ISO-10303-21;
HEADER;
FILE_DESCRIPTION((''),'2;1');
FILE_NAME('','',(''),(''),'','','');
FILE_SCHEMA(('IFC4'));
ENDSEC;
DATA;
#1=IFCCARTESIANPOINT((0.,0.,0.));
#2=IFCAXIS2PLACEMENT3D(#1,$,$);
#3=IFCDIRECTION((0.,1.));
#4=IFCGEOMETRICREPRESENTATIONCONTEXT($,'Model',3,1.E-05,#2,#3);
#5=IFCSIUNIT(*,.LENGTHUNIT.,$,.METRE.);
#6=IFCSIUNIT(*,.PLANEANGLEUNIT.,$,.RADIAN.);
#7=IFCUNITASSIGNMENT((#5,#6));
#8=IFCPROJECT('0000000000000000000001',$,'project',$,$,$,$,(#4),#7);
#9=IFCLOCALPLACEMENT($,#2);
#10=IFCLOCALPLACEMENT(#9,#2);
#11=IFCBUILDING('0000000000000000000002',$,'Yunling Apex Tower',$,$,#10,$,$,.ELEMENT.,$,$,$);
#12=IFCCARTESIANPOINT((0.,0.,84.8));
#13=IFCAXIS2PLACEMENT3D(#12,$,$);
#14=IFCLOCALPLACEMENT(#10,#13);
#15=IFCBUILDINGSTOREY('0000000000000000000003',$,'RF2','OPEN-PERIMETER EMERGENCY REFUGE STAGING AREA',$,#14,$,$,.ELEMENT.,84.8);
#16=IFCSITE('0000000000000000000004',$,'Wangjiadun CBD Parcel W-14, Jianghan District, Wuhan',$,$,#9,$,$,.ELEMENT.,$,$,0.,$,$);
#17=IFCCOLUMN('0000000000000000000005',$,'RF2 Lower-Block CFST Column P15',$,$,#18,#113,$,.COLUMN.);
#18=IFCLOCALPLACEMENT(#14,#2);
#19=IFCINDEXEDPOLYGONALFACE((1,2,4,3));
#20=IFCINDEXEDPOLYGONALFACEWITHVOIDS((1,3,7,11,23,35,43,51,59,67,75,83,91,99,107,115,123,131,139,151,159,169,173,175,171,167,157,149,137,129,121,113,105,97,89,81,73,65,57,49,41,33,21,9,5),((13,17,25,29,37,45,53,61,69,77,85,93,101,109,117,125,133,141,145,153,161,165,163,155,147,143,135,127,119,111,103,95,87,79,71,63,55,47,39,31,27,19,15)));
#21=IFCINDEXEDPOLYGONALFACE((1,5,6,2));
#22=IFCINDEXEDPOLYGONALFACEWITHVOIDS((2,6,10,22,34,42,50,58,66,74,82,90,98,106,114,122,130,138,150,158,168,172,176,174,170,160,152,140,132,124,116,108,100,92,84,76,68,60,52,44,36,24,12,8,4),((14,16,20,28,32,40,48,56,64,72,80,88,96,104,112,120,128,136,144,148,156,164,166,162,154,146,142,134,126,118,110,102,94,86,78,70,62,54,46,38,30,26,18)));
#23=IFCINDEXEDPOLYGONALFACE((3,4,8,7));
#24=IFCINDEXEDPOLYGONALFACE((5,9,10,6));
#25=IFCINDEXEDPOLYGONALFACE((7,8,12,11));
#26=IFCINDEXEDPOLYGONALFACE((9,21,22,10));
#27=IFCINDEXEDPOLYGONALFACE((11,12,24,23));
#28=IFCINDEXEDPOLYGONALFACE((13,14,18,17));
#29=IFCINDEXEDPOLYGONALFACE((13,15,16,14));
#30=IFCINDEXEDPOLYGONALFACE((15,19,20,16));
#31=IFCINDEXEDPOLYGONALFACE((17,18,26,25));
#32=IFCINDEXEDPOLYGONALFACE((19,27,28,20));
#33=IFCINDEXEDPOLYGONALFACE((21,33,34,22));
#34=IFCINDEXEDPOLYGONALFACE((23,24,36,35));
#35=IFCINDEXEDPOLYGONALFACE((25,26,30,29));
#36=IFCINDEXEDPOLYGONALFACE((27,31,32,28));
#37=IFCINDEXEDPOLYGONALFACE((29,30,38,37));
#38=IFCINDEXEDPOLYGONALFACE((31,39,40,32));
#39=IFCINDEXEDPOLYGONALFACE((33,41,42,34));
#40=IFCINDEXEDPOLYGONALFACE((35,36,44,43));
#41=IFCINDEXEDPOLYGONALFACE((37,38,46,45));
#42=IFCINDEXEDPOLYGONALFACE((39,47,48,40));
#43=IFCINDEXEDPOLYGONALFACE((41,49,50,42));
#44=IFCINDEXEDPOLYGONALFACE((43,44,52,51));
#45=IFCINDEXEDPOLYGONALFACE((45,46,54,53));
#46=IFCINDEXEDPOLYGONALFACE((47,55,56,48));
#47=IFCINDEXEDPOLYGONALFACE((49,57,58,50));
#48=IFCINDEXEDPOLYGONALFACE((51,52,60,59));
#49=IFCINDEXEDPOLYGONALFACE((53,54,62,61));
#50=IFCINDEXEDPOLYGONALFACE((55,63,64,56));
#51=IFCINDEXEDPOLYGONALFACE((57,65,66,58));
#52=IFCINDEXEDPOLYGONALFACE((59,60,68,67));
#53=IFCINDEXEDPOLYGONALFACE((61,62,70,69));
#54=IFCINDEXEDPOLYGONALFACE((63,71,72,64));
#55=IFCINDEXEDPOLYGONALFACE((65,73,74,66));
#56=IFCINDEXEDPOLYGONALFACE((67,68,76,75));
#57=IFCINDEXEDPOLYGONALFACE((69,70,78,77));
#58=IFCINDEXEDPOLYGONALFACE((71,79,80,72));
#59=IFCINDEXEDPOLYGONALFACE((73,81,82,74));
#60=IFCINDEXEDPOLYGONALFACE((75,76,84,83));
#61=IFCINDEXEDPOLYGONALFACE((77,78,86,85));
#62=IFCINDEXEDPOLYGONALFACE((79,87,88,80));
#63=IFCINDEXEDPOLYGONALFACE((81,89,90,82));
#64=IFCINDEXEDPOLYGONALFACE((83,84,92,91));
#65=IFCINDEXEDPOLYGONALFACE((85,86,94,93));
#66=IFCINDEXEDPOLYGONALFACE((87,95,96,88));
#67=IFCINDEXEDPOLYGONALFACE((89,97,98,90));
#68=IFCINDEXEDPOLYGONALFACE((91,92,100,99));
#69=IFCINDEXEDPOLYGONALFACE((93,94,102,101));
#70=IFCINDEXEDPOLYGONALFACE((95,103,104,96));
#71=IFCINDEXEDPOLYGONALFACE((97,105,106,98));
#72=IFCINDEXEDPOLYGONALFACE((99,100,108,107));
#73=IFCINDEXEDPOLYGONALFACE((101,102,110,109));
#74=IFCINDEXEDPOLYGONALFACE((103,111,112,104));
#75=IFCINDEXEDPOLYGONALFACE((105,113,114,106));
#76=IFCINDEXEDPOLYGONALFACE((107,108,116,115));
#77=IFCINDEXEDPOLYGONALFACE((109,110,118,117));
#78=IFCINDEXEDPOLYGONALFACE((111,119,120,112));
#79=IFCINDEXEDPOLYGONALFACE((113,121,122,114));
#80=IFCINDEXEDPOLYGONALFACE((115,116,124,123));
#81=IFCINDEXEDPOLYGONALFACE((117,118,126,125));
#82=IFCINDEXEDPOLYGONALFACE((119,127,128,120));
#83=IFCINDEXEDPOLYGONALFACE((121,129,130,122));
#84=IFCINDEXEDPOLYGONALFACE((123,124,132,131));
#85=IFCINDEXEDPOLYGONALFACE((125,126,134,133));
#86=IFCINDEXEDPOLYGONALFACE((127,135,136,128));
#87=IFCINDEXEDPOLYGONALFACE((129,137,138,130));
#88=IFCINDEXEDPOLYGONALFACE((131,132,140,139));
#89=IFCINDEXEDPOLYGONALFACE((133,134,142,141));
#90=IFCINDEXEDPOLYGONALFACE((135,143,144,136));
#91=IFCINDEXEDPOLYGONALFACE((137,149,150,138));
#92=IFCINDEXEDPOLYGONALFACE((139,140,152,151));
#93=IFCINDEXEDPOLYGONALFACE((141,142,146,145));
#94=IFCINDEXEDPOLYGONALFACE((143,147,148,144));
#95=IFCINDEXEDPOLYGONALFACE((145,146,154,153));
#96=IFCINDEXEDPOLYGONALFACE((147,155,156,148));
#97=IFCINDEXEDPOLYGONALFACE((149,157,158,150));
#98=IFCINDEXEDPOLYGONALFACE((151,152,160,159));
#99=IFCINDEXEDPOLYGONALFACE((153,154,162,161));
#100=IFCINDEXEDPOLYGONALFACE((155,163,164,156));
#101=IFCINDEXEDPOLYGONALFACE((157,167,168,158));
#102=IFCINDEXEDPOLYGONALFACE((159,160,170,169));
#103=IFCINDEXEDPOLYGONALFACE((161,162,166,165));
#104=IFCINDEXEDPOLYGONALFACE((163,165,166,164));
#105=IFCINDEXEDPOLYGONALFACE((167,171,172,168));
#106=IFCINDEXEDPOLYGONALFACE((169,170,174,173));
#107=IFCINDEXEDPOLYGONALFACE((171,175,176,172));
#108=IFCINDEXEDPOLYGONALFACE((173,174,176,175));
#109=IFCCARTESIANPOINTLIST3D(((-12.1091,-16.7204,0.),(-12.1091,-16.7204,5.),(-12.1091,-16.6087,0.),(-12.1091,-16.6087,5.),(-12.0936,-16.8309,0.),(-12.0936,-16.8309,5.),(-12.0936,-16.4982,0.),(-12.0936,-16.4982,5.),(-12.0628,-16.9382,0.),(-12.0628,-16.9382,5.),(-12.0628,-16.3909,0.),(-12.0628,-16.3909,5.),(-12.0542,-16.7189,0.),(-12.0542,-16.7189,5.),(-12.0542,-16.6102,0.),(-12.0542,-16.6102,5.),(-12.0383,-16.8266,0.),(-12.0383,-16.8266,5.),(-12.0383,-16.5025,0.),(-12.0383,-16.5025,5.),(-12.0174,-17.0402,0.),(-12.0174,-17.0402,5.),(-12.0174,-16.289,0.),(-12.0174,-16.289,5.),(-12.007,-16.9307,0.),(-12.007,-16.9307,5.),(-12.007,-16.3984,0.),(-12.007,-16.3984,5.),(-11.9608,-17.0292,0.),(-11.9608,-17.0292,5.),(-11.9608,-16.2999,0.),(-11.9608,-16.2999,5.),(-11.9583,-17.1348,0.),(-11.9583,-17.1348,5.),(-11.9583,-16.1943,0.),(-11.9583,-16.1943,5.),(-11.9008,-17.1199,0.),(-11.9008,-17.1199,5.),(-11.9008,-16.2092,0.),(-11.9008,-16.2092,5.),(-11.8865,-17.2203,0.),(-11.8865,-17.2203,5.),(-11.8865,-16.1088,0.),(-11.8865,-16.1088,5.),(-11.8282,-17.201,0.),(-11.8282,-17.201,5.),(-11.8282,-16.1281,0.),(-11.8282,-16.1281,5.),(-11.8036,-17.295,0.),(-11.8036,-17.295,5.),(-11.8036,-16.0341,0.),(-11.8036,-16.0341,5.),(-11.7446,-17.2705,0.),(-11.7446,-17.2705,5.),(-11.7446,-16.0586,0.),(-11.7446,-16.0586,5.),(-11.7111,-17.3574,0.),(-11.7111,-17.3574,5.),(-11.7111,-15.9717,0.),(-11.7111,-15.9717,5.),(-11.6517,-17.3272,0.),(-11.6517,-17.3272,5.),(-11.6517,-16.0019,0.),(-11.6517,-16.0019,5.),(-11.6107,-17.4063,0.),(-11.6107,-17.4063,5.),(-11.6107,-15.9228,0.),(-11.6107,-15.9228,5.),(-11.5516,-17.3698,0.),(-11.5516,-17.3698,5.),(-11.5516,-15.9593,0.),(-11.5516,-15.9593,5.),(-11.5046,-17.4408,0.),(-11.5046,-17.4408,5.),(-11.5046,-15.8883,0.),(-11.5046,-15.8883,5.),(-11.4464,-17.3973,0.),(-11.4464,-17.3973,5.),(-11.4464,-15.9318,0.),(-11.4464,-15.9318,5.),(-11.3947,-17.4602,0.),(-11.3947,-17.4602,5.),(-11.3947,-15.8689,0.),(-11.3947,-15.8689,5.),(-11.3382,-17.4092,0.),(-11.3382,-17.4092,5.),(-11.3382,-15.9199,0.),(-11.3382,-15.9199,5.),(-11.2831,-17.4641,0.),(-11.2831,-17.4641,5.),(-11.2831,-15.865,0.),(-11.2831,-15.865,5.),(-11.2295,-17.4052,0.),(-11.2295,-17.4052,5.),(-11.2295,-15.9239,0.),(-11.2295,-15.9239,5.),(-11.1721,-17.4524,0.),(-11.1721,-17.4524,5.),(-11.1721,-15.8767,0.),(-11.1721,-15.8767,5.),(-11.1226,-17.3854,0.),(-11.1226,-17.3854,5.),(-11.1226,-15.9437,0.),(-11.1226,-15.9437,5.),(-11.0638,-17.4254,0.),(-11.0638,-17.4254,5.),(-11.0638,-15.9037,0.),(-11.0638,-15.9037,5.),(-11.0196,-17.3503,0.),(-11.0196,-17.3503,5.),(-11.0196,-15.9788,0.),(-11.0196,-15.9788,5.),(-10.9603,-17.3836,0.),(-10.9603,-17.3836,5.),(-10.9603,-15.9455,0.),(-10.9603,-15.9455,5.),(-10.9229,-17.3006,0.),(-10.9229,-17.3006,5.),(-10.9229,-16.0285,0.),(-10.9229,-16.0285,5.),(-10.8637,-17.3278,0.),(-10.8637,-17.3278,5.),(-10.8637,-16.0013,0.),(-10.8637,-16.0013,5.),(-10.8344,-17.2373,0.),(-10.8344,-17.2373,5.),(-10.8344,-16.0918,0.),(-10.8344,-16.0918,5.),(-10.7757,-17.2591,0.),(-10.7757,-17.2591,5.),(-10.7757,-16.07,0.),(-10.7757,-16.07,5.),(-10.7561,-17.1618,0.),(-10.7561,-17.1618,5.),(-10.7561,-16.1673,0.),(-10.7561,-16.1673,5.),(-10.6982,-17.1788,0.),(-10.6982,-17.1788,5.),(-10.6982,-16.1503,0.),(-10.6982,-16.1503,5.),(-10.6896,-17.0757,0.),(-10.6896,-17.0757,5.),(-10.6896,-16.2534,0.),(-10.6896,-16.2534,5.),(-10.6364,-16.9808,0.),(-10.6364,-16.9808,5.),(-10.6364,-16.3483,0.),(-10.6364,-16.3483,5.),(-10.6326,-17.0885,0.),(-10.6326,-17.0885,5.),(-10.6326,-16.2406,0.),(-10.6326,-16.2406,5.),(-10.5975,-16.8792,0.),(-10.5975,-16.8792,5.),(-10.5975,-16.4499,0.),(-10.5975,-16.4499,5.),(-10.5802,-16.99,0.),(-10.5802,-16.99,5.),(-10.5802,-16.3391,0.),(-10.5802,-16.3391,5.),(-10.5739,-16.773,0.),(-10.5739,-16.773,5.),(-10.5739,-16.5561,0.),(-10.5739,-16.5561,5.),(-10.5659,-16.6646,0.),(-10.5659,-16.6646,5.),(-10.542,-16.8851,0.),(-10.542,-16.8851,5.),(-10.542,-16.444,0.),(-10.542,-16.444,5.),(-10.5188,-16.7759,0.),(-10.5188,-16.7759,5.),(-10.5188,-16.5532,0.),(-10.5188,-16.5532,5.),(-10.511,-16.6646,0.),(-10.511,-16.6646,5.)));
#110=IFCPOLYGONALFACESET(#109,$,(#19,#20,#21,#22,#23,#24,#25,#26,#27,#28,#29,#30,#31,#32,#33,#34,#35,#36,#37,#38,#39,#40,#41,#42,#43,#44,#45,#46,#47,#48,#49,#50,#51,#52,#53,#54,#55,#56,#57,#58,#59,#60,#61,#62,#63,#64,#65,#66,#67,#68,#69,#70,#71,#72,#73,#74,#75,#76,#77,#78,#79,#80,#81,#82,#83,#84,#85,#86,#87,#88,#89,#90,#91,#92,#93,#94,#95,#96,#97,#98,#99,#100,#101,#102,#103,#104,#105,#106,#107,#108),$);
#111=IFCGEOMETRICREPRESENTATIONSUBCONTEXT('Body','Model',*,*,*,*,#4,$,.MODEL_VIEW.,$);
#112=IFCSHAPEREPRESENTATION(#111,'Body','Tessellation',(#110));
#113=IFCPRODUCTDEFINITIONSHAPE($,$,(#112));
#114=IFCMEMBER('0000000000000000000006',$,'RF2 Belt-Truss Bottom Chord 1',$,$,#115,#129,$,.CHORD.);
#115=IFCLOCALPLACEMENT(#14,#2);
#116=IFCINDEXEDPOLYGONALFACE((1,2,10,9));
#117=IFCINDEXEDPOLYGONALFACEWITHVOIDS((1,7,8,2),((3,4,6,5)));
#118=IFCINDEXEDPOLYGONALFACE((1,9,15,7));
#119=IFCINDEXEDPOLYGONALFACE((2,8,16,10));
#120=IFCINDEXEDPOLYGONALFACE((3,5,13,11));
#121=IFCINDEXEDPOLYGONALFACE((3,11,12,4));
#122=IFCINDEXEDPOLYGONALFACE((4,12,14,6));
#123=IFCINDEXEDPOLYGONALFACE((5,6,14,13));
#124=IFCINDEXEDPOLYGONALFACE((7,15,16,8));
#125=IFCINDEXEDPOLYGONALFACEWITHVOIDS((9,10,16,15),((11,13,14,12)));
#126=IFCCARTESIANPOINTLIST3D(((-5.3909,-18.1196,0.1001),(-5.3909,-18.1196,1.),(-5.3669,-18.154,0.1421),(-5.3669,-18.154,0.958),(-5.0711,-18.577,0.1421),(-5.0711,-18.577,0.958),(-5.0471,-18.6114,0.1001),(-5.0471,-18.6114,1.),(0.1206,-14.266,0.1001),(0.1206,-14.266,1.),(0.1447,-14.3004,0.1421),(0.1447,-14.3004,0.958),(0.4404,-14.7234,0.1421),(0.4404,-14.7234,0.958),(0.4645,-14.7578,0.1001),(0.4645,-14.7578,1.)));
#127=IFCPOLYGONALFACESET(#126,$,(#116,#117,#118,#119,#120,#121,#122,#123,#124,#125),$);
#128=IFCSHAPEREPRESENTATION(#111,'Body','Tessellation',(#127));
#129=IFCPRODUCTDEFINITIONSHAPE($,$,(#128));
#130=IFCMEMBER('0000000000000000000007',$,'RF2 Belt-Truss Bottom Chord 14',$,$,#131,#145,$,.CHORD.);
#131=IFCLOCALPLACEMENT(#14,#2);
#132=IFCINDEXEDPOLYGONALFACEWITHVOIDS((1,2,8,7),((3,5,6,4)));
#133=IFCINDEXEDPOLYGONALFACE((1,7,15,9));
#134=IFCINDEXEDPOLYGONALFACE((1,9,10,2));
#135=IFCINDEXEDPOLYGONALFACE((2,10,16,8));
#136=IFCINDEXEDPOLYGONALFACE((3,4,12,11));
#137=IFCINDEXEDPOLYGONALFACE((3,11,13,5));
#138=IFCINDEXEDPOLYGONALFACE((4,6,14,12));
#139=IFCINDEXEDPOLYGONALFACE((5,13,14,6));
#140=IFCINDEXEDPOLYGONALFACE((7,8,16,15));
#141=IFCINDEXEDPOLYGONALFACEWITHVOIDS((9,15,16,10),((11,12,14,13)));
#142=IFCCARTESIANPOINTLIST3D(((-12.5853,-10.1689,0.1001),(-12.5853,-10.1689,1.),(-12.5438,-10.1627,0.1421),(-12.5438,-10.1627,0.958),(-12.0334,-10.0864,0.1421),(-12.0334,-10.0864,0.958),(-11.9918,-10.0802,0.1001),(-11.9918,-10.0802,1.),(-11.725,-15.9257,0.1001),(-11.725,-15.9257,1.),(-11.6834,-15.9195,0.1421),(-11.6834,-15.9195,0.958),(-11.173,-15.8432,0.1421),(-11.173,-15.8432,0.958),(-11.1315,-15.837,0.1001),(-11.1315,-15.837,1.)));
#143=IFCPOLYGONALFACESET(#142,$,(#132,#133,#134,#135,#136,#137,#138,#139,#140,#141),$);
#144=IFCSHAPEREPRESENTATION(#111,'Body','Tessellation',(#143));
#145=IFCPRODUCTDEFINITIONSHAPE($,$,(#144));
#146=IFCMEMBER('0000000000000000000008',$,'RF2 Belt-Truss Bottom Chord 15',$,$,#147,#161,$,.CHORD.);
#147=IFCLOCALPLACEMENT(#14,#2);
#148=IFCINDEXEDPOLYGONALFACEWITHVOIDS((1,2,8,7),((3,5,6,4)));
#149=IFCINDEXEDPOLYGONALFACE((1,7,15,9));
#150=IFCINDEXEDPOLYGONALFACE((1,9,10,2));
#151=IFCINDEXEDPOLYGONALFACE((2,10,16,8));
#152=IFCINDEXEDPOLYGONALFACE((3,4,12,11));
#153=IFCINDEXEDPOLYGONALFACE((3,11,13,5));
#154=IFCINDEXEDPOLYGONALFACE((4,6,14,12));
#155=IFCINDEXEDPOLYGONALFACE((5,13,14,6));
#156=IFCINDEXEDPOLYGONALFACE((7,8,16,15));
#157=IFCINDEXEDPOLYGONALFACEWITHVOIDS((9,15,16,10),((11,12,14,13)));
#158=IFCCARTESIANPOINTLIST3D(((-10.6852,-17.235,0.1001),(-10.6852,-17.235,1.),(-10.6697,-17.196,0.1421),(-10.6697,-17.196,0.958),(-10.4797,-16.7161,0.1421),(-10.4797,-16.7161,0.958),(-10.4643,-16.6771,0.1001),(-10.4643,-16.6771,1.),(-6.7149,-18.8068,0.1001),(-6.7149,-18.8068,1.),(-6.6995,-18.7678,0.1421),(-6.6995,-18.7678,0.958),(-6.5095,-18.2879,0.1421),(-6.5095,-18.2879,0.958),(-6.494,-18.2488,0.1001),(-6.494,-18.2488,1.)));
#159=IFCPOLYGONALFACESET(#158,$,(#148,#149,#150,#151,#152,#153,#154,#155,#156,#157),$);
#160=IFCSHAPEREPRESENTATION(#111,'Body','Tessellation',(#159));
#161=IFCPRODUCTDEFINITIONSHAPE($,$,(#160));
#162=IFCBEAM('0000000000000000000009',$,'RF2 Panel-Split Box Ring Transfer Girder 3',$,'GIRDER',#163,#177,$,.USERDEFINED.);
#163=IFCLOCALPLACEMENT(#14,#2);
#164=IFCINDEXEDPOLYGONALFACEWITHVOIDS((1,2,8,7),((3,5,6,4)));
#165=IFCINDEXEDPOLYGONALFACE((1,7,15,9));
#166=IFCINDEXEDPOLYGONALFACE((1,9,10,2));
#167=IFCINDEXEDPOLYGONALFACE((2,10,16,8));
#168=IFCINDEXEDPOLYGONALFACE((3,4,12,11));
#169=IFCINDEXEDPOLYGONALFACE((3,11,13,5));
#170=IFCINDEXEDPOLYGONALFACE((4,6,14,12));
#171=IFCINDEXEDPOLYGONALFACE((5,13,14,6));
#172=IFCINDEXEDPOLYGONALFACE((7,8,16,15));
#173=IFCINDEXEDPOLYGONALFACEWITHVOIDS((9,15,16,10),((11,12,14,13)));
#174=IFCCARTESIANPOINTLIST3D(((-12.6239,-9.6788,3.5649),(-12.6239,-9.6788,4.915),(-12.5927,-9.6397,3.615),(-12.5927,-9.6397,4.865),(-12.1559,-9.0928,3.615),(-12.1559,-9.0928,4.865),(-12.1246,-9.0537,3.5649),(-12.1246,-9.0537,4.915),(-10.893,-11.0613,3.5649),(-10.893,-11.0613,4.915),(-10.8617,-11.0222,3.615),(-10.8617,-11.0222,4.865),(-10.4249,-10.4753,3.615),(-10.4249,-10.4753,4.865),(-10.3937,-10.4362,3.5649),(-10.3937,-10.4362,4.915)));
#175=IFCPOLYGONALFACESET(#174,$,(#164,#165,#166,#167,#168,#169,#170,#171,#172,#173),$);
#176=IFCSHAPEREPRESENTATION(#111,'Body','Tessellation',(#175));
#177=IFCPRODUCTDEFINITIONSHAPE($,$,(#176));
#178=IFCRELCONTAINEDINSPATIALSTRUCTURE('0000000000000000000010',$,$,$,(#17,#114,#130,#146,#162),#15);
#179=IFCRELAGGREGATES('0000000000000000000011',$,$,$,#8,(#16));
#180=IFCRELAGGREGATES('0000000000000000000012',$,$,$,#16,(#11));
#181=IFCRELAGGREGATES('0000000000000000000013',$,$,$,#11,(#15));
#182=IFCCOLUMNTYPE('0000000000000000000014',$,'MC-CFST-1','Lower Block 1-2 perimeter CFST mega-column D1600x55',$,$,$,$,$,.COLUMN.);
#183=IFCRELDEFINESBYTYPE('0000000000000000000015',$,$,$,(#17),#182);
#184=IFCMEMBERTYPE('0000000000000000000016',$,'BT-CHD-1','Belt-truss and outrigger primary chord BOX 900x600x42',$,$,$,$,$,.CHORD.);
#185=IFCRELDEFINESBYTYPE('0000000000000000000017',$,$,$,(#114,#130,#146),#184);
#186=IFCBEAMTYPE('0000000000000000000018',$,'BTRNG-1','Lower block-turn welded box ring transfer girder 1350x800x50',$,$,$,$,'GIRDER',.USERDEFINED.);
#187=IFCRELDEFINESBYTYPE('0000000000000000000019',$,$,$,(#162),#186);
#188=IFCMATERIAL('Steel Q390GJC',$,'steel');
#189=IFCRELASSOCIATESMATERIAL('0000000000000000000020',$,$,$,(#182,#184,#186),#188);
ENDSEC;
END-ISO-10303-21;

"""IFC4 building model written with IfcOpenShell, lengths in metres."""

from ifc_helpers import new_model, si_unit, direction, frame, origin, origin_2d, place, context, subcontext, project, spatial, hollow_rectangle, hollow_circle, extrude, source, transform, mapped, material, material_profile, profile_set, type_object, element, save


model = new_model("IFC4")

# Units and contexts
model_context = context("Model", 3, precision=1e-05, world=origin(), true_north=direction((0.0, 1.0)))
body_context = subcontext(model_context, "Body", "Model", "MODEL_VIEW")
ifc_project = project(units=[si_unit("LENGTHUNIT", "METRE"), si_unit("PLANEANGLEUNIT", "RADIAN")], contexts=[model_context])

# Site, building, storey
site_placement = place(None, origin())
site = spatial("IfcSite", under=ifc_project, at=site_placement, Name="Wangjiadun CBD Parcel W-14, Jianghan District, Wuhan", CompositionType="ELEMENT", RefElevation=0.0)
building_placement = place(site_placement, origin())
building = spatial("IfcBuilding", under=site, at=building_placement, Name="Yunling Apex Tower", CompositionType="ELEMENT")
storey_placement = place(building_placement, frame((0.0, 0.0, 84.8)))
storey = spatial("IfcBuildingStorey", under=building, at=storey_placement, Name="RF2", Description="OPEN-PERIMETER EMERGENCY REFUGE STAGING AREA", CompositionType="ELEMENT", Elevation=84.8)

# Column
ifc_material_1 = material(Name="Steel Q390GJC", Category="steel")
ifc_material_profile_1 = material_profile(ifc_material_1, hollow_circle(Radius=0.8, WallThickness=0.0549, at=origin_2d()))
ifc_profile_set_1 = profile_set([ifc_material_profile_1], Name="Steel Q390GJC")
column_type = type_object("IfcColumnType", Name="MC-CFST-1", Description="Lower Block 1-2 perimeter CFST mega-column D1600x55", PredefinedType="COLUMN", material=ifc_profile_set_1)
shared_shape_1 = source(origin(), body_context, "Body", "SweptSolid", [
    extrude(hollow_circle(Radius=0.8, WallThickness=0.0549, at=origin_2d()), origin(), (0.0, 0.0, 1.0), 5.0),
])
for number, where, z_axis, x_axis, name in (
    (1, (-11.311, -16.6646, 0.0), (0.0, 0.0, 1.0), (1.0, 0.0, 0.0), "RF2 Lower-Block CFST Column P15"),
):
    element("IfcColumn", number, at=place(storey_placement, frame(where, z_axis=z_axis, x_axis=x_axis)), inside=storey, type_object=column_type, Name=name, PredefinedType="COLUMN", context=body_context, shape_type="MappedRepresentation", body=[
        mapped(shared_shape_1, transform((0.0, 0.0, 0.0), scale=1.0)),
    ])

# Members
ifc_material_profile_2 = material_profile(ifc_material_1, hollow_rectangle(XDim=0.6001, YDim=0.8999, WallThickness=0.042, at=origin_2d()))
ifc_profile_set_2 = profile_set([ifc_material_profile_2], Name="Steel Q390GJC")
member_type_1 = type_object("IfcMemberType", Name="BT-CHD-1", Description="Belt-truss and outrigger primary chord BOX 900x600x42", PredefinedType="CHORD", material=ifc_profile_set_2)
shared_shape_2 = source(origin(), body_context, "Body", "SweptSolid", [
    extrude(hollow_rectangle(XDim=0.6001, YDim=0.8999, WallThickness=0.042, at=origin_2d()), origin(), (0.0, 0.0, 1.0), 6.7251),
])
member_1_placement = place(storey_placement, frame((-5.219, -18.3655, 0.55), z_axis=(0.819547, 0.573012, 0.0), x_axis=(-0.573012, 0.819547, 0.0)))
element("IfcMember", 2, at=member_1_placement, inside=storey, type_object=member_type_1, Name="RF2 Belt-Truss Bottom Chord 1", PredefinedType="CHORD", context=body_context, shape_type="MappedRepresentation", body=[
    mapped(shared_shape_2, transform((0.0, 0.0, 0.0), scale=1.0)),
])
shared_shape_3 = source(origin(), body_context, "Body", "SweptSolid", [
    extrude(hollow_rectangle(XDim=0.6001, YDim=0.8999, WallThickness=0.042, at=origin_2d()), origin(), (0.0, 0.0, 1.0), 5.8208),
])
member_2_placement = place(storey_placement, frame((-12.2886, -10.1245, 0.55), z_axis=(0.147807, -0.989016, 0.0), x_axis=(0.989016, 0.147807, 0.0)))
element("IfcMember", 3, at=member_2_placement, inside=storey, type_object=member_type_1, Name="RF2 Belt-Truss Bottom Chord 14", PredefinedType="CHORD", context=body_context, shape_type="MappedRepresentation", body=[
    mapped(shared_shape_3, transform((0.0, 0.0, 0.0), scale=1.0)),
])
shared_shape_4 = source(origin(), body_context, "Body", "SweptSolid", [
    extrude(hollow_rectangle(XDim=0.6001, YDim=0.8999, WallThickness=0.042, at=origin_2d()), origin(), (0.0, 0.0, 1.0), 4.27),
])
member_3_placement = place(storey_placement, frame((-10.5747, -16.9561, 0.55), z_axis=(0.929788, -0.368096, 0.0), x_axis=(0.368096, 0.929788, 0.0)))
element("IfcMember", 4, at=member_3_placement, inside=storey, type_object=member_type_1, Name="RF2 Belt-Truss Bottom Chord 15", PredefinedType="CHORD", context=body_context, shape_type="MappedRepresentation", body=[
    mapped(shared_shape_4, transform((0.0, 0.0, 0.0), scale=1.0)),
])

# Beam
ifc_material_profile_3 = material_profile(ifc_material_1, hollow_rectangle(XDim=0.8, YDim=1.3501, WallThickness=0.05, at=origin_2d()))
ifc_profile_set_3 = profile_set([ifc_material_profile_3], Name="Steel Q390GJC")
beam_type = type_object("IfcBeamType", Name="BTRNG-1", Description="Lower block-turn welded box ring transfer girder 1350x800x50", ElementType="GIRDER", PredefinedType="USERDEFINED", material=ifc_profile_set_3)
shared_shape_5 = source(origin(), body_context, "Body", "SweptSolid", [
    extrude(hollow_rectangle(XDim=0.8, YDim=1.3501, WallThickness=0.05, at=origin_2d()), origin(), (0.0, 0.0, 1.0), 2.2153),
])
beam_1_placement = place(storey_placement, frame((-12.3743, -9.3662, 4.24), z_axis=(0.781352, -0.62409, 0.0), x_axis=(0.62409, 0.781352, 0.0)))
element("IfcBeam", 5, at=beam_1_placement, inside=storey, type_object=beam_type, Name="RF2 Panel-Split Box Ring Transfer Girder 3", ObjectType="GIRDER", PredefinedType="USERDEFINED", context=body_context, shape_type="MappedRepresentation", body=[
    mapped(shared_shape_5, transform((0.0, 0.0, 0.0), scale=1.0)),
])

save(model, "model.ifc")
